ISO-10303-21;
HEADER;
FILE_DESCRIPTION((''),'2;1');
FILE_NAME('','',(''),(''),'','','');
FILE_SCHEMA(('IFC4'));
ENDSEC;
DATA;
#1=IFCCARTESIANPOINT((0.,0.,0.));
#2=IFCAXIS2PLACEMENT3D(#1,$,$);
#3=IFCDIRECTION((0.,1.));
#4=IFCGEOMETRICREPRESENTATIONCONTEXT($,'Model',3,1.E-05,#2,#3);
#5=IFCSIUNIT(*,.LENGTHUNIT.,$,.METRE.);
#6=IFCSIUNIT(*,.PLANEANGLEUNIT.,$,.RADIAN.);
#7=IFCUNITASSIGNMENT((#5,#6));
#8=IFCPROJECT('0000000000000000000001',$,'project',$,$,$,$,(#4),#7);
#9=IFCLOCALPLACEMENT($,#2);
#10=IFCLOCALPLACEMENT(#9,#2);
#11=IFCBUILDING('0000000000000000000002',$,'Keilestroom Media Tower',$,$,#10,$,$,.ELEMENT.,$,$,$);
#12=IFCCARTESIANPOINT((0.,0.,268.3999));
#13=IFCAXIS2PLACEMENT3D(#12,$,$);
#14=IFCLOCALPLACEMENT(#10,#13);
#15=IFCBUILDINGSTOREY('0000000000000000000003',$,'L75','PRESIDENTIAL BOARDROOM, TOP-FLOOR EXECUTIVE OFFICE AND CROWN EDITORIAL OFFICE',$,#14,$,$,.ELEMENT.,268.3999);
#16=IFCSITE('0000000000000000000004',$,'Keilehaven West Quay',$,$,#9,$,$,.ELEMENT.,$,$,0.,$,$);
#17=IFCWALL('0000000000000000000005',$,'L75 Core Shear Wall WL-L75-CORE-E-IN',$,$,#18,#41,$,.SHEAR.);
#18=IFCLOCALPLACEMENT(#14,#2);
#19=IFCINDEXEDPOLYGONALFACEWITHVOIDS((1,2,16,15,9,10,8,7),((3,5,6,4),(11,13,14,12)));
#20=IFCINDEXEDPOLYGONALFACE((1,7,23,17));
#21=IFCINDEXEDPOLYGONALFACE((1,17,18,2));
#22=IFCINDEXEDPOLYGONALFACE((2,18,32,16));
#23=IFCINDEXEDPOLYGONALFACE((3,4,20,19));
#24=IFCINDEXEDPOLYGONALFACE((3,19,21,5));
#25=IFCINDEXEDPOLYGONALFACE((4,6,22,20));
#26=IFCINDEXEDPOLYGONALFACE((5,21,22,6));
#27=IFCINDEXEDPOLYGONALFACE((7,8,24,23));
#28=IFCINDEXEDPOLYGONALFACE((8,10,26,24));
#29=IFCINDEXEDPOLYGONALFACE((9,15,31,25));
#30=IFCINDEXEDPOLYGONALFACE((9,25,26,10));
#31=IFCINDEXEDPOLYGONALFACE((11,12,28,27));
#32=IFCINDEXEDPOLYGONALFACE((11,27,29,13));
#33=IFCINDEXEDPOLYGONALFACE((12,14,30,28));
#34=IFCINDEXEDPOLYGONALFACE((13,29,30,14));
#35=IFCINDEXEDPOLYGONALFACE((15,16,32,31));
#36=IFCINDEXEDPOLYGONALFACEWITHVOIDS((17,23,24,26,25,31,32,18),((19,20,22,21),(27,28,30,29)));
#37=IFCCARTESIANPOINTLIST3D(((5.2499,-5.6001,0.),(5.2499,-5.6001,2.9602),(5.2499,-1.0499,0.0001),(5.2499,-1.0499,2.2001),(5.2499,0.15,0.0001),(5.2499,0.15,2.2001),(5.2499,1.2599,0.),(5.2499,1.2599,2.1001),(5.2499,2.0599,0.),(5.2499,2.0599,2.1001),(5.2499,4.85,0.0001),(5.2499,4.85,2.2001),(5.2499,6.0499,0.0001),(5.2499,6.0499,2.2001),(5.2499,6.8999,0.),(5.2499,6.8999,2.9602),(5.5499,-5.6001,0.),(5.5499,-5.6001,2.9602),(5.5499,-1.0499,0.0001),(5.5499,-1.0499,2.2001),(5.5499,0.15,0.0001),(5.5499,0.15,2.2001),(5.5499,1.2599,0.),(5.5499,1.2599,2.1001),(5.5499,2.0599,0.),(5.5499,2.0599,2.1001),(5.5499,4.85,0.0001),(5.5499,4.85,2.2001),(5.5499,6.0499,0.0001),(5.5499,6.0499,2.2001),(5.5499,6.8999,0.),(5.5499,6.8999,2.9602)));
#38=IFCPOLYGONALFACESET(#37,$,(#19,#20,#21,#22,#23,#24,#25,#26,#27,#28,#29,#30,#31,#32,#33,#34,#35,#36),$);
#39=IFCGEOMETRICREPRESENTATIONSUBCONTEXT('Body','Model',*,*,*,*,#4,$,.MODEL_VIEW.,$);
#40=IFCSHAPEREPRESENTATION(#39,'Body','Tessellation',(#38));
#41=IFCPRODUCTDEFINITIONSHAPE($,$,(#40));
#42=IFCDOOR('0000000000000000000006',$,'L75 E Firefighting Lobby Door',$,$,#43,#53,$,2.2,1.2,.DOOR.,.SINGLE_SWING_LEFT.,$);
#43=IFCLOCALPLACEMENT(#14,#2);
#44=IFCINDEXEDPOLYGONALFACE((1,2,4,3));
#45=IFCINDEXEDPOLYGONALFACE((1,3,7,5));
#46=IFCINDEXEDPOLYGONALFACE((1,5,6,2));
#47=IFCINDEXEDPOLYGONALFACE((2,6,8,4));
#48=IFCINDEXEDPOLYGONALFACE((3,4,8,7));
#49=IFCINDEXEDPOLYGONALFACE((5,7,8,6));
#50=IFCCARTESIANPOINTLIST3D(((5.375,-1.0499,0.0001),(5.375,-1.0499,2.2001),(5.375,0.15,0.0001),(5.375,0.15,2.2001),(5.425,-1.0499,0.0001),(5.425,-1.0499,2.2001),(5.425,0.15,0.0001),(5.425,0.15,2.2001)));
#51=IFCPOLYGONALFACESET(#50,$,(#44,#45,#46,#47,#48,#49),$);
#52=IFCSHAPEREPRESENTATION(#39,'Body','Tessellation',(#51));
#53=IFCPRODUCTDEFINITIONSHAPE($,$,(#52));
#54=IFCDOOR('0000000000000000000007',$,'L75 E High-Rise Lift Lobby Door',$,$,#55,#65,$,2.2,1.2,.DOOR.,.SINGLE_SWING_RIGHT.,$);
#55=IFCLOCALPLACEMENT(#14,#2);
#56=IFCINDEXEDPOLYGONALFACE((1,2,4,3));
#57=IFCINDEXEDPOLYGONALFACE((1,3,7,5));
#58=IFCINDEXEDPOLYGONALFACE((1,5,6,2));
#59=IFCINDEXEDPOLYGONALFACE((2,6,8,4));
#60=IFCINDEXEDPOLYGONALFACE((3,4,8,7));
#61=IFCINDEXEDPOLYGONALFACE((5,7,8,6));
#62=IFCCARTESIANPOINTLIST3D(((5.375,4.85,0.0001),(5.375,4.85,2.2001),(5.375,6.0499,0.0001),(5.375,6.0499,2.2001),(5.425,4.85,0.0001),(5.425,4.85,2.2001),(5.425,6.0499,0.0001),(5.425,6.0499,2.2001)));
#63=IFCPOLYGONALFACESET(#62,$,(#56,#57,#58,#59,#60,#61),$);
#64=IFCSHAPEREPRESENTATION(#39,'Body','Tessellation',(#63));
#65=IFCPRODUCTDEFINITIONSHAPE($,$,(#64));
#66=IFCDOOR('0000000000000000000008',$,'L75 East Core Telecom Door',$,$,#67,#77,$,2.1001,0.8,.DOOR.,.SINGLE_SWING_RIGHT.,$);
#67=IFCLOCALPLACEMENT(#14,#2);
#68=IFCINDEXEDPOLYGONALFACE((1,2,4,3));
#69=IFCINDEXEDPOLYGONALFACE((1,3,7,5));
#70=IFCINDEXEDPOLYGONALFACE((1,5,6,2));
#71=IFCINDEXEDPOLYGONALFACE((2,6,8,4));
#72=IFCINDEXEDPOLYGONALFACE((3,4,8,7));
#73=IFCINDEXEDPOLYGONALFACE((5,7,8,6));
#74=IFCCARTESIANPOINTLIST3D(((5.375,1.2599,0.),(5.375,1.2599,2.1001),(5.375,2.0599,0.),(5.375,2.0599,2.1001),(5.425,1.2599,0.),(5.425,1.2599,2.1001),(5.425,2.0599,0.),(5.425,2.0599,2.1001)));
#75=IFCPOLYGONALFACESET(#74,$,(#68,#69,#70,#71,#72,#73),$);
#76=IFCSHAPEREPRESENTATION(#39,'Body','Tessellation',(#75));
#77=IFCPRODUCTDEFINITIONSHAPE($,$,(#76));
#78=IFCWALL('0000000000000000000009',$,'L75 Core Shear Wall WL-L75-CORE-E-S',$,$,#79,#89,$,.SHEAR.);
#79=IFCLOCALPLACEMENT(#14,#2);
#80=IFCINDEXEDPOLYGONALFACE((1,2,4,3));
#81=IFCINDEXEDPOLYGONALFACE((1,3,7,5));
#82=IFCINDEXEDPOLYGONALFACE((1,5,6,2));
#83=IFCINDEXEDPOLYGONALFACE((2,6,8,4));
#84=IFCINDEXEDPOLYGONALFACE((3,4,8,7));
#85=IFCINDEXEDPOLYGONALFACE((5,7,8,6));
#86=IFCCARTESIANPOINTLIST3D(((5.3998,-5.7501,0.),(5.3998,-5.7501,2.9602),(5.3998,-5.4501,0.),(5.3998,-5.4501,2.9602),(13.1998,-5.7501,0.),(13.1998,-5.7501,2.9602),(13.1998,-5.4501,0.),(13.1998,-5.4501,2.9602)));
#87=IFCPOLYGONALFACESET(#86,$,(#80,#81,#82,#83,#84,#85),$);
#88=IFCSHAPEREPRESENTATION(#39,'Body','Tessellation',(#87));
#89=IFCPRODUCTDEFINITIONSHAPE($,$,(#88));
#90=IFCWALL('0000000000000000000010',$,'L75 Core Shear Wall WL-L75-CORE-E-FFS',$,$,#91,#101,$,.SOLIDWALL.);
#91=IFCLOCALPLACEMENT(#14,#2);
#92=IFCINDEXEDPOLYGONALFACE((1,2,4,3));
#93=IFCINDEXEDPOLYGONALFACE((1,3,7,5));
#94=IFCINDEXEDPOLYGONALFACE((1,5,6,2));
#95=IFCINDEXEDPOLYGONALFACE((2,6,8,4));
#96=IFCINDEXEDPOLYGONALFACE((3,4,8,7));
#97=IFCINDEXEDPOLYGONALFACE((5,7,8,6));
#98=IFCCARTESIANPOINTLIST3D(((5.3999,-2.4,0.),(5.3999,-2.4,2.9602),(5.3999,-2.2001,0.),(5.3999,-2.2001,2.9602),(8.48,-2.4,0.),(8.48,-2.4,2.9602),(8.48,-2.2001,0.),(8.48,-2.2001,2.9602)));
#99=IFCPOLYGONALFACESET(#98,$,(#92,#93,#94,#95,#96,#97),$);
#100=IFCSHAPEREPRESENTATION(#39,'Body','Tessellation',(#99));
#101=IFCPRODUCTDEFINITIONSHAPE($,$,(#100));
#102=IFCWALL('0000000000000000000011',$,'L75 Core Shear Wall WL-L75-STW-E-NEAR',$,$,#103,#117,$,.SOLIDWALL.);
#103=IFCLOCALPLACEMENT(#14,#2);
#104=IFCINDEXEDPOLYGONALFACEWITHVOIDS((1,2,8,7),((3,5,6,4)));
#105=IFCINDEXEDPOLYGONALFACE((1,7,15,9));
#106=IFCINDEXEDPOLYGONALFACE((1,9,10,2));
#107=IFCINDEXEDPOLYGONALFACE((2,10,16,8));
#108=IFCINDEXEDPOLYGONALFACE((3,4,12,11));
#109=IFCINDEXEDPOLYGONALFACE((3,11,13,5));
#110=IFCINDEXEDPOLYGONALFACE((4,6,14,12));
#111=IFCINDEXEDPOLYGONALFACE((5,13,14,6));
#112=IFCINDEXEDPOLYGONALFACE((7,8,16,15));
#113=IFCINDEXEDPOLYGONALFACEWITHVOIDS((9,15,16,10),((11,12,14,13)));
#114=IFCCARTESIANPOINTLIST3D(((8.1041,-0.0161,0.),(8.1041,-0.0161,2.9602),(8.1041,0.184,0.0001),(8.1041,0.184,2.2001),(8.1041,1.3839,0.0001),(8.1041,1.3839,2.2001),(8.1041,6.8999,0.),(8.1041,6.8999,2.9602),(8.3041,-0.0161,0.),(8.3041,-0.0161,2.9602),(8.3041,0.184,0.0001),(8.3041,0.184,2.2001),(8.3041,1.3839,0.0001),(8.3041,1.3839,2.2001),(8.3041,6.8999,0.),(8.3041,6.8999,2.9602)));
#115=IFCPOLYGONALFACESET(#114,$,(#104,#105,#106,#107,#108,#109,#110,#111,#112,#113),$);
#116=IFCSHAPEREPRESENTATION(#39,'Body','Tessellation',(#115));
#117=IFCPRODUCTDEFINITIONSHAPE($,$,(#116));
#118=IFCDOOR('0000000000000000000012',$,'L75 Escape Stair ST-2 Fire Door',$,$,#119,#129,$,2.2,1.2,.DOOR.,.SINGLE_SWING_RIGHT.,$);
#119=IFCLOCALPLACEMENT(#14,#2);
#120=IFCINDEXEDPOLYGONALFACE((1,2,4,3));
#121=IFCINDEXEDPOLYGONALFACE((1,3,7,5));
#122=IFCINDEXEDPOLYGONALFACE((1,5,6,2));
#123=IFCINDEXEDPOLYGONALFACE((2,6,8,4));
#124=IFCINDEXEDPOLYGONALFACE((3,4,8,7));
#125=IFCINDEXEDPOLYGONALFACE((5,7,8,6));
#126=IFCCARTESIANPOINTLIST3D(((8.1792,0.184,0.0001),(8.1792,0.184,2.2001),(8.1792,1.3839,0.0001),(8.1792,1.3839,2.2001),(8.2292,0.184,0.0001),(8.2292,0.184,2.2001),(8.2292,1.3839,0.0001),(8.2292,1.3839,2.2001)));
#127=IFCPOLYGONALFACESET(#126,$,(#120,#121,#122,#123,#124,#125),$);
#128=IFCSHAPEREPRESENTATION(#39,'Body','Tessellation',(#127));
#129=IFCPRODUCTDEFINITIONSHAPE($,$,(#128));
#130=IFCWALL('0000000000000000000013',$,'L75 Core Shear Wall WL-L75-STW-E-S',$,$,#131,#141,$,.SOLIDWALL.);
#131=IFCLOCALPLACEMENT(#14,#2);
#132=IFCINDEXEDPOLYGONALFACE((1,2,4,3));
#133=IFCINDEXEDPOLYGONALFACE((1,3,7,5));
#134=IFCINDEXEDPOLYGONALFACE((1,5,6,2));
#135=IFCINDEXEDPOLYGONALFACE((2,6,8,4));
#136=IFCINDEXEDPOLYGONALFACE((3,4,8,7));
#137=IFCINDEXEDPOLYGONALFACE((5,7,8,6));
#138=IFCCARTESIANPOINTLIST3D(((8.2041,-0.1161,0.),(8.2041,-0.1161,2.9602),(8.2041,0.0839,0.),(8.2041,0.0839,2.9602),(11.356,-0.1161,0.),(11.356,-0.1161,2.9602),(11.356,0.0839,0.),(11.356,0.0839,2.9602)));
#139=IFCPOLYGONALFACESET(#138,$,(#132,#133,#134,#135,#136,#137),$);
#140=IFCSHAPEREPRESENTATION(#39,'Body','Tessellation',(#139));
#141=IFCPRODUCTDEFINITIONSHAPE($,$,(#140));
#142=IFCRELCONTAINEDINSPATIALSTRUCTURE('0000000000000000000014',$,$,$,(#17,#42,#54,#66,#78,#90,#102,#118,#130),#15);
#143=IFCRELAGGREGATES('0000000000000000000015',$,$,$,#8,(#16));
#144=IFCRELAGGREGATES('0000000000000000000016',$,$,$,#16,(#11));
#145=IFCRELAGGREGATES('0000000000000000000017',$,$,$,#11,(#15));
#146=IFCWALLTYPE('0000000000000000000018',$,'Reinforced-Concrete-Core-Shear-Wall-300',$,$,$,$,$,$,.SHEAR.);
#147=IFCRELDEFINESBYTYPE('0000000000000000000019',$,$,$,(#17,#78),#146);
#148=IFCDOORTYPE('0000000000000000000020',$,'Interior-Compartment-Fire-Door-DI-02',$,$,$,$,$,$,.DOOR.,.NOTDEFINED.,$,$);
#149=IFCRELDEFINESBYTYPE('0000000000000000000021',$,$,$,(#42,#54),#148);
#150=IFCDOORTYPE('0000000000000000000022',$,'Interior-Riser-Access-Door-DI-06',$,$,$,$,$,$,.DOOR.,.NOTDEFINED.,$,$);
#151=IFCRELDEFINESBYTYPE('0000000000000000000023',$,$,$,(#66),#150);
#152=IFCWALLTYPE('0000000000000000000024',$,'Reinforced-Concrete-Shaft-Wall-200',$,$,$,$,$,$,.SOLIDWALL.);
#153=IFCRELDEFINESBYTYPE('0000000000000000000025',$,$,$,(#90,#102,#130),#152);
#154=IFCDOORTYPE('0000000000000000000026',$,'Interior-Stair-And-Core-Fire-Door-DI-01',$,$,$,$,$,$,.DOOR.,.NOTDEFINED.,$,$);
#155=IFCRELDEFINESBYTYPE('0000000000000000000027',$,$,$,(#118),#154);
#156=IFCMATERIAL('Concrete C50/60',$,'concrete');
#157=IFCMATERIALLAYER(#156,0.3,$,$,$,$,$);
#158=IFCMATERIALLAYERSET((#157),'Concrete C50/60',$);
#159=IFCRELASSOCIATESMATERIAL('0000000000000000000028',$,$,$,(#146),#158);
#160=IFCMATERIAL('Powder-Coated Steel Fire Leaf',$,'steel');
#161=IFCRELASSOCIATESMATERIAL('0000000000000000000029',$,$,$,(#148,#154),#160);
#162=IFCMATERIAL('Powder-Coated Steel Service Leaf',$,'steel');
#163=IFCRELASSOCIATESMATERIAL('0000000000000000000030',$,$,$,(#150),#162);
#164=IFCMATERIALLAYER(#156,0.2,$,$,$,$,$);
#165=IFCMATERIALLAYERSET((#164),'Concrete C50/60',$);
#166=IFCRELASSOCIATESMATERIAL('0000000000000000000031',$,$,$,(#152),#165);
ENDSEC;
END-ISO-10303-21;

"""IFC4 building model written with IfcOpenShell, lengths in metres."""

from ifc_helpers import new_model, si_unit, direction, frame, frame_2d, origin, place, context, subcontext, project, spatial, rectangle, extrude, source, transform, mapped, material, layer, layer_set, type_object, element, fill, save


model = new_model("IFC4")

# Units and contexts
model_context = context("Model", 3, precision=1e-05, world=origin(), true_north=direction((0.0, 1.0)))
body_context = subcontext(model_context, "Body", "Model", "MODEL_VIEW")
ifc_project = project(units=[si_unit("LENGTHUNIT", "METRE"), si_unit("PLANEANGLEUNIT", "RADIAN")], contexts=[model_context])

# Site, building, storey
site_placement = place(None, origin())
site = spatial("IfcSite", under=ifc_project, at=site_placement, Name="Keilehaven West Quay", CompositionType="ELEMENT", RefElevation=0.0)
building_placement = place(site_placement, origin())
building = spatial("IfcBuilding", under=site, at=building_placement, Name="Keilestroom Media Tower", CompositionType="ELEMENT")
storey_placement = place(building_placement, frame((0.0, 0.0, 268.3999)))
storey = spatial("IfcBuildingStorey", under=building, at=storey_placement, Name="L75", Description="PRESIDENTIAL BOARDROOM, TOP-FLOOR EXECUTIVE OFFICE AND CROWN EDITORIAL OFFICE", CompositionType="ELEMENT", Elevation=268.3999)

# Shared definitions
ifc_material_1 = material(Name="Concrete C50/60", Category="concrete")

# Wall, openings, doors
ifc_layer_1 = layer(ifc_material_1, 0.3)
ifc_layer_set_1 = layer_set([ifc_layer_1], Name="Concrete C50/60")
wall_type_1 = type_object("IfcWallType", Name="Reinforced-Concrete-Core-Shear-Wall-300", PredefinedType="SHEAR", material=ifc_layer_set_1)
wall_1_placement = place(storey_placement, frame((5.3999, -5.6001, 0.0), z_axis=(0.0, 0.0, 1.0), x_axis=(0.0, 1.0, 0.0)))
wall_1 = element("IfcWall", 1, at=wall_1_placement, inside=storey, type_object=wall_type_1, Name="L75 Core Shear Wall WL-L75-CORE-E-IN", PredefinedType="SHEAR", context=body_context, shape_type="SweptSolid", body=[
    extrude(rectangle(XDim=12.5, YDim=0.3, at=frame_2d((6.25, 0.0))), origin(), (0.0, 0.0, 1.0), 2.9602),
])
opening_1_placement = place(wall_1_placement, frame((4.55, 0.0, 0.0)))
opening_1 = element("IfcOpeningElement", 2, at=opening_1_placement, cuts=wall_1, PredefinedType="OPENING", context=body_context, shape_type="SweptSolid", body=[
    extrude(rectangle(XDim=1.2, YDim=2.2, at=frame_2d((0.6001, 1.1001))), frame((0.0, 0.1602, 0.0), z_axis=(0.0, -1.0, 0.0), x_axis=(1.0, 0.0, 0.0)), (0.0, 0.0, 1.0), 0.3201),
])
opening_2_placement = place(wall_1_placement, frame((10.45, 0.0, 0.0)))
opening_2 = element("IfcOpeningElement", 3, at=opening_2_placement, cuts=wall_1, PredefinedType="OPENING", context=body_context, shape_type="SweptSolid", body=[
    extrude(rectangle(XDim=1.2, YDim=2.2, at=frame_2d((0.6001, 1.1001))), frame((0.0, 0.1602, 0.0), z_axis=(0.0, -1.0, 0.0), x_axis=(1.0, 0.0, 0.0)), (0.0, 0.0, 1.0), 0.3201),
])
opening_3_placement = place(wall_1_placement, frame((6.8601, 0.0, 0.0)))
opening_3 = element("IfcOpeningElement", 4, at=opening_3_placement, cuts=wall_1, PredefinedType="OPENING", context=body_context, shape_type="SweptSolid", body=[
    extrude(rectangle(XDim=0.8, YDim=2.1001, at=frame_2d((0.3999, 1.05))), frame((0.0, 0.1602, 0.0), z_axis=(0.0, -1.0, 0.0), x_axis=(1.0, 0.0, 0.0)), (0.0, 0.0, 1.0), 0.3201),
])
ifc_material_2 = material(Name="Powder-Coated Steel Fire Leaf", Category="steel")
door_type_1 = type_object("IfcDoorType", Name="Interior-Compartment-Fire-Door-DI-02", OperationType="NOTDEFINED", PredefinedType="DOOR", material=ifc_material_2)
shared_shape_1 = source(origin(), body_context, "Body", "SweptSolid", [
    extrude(rectangle(XDim=1.2, YDim=2.2, at=frame_2d((0.6001, 1.1001))), frame((0.0, 0.0249, 0.0), z_axis=(0.0, -1.0, 0.0), x_axis=(1.0, 0.0, 0.0)), (0.0, 0.0, 1.0), 0.05),
])
door_1_placement = place(opening_1_placement, origin())
door_1 = element("IfcDoor", 5, at=door_1_placement, inside=storey, type_object=door_type_1, Name="L75 E Firefighting Lobby Door", OperationType="SINGLE_SWING_LEFT", OverallHeight=2.2, OverallWidth=1.2, PredefinedType="DOOR", context=body_context, shape_type="MappedRepresentation", body=[
    mapped(shared_shape_1, transform((0.0, 0.0, 0.0), x_axis=(1.0, 0.0, 0.0), y_axis=(0.0, 1.0, 0.0), z_axis=(0.0, 0.0, 1.0), scale=1.0)),
])
fill(opening_1, door_1)
door_2_placement = place(opening_2_placement, origin())
door_2 = element("IfcDoor", 6, at=door_2_placement, inside=storey, type_object=door_type_1, Name="L75 E High-Rise Lift Lobby Door", OperationType="SINGLE_SWING_RIGHT", OverallHeight=2.2, OverallWidth=1.2, PredefinedType="DOOR", context=body_context, shape_type="MappedRepresentation", body=[
    mapped(shared_shape_1, transform((0.0, 0.0, 0.0), x_axis=(1.0, 0.0, 0.0), y_axis=(0.0, 1.0, 0.0), z_axis=(0.0, 0.0, 1.0), scale=1.0)),
])
fill(opening_2, door_2)
ifc_material_3 = material(Name="Powder-Coated Steel Service Leaf", Category="steel")
door_type_2 = type_object("IfcDoorType", Name="Interior-Riser-Access-Door-DI-06", OperationType="NOTDEFINED", PredefinedType="DOOR", material=ifc_material_3)
shared_shape_2 = source(origin(), body_context, "Body", "SweptSolid", [
    extrude(rectangle(XDim=0.8, YDim=2.1001, at=frame_2d((0.3999, 1.05))), frame((0.0, 0.0249, 0.0), z_axis=(0.0, -1.0, 0.0), x_axis=(1.0, 0.0, 0.0)), (0.0, 0.0, 1.0), 0.05),
])
door_3_placement = place(opening_3_placement, origin())
door_3 = element("IfcDoor", 7, at=door_3_placement, inside=storey, type_object=door_type_2, Name="L75 East Core Telecom Door", OperationType="SINGLE_SWING_RIGHT", OverallHeight=2.1001, OverallWidth=0.8, PredefinedType="DOOR", context=body_context, shape_type="MappedRepresentation", body=[
    mapped(shared_shape_2, transform((0.0, 0.0, 0.0), x_axis=(1.0, 0.0, 0.0), y_axis=(0.0, 1.0, 0.0), z_axis=(0.0, 0.0, 1.0), scale=1.0)),
])
fill(opening_3, door_3)

# Walls
wall_2_placement = place(storey_placement, frame((5.3999, -5.6001, 0.0), z_axis=(0.0, 0.0, 1.0), x_axis=(1.0, 0.0, 0.0)))
element("IfcWall", 8, at=wall_2_placement, inside=storey, type_object=wall_type_1, Name="L75 Core Shear Wall WL-L75-CORE-E-S", PredefinedType="SHEAR", context=body_context, shape_type="SweptSolid", body=[
    extrude(rectangle(XDim=7.8, YDim=0.3, at=frame_2d((3.8999, 0.0))), origin(), (0.0, 0.0, 1.0), 2.9602),
])
ifc_layer_2 = layer(ifc_material_1, 0.2)
ifc_layer_set_2 = layer_set([ifc_layer_2], Name="Concrete C50/60")
wall_type_2 = type_object("IfcWallType", Name="Reinforced-Concrete-Shaft-Wall-200", PredefinedType="SOLIDWALL", material=ifc_layer_set_2)
wall_3_placement = place(storey_placement, frame((5.3999, -2.3, 0.0), z_axis=(0.0, 0.0, 1.0), x_axis=(1.0, 0.0, 0.0)))
element("IfcWall", 9, at=wall_3_placement, inside=storey, type_object=wall_type_2, Name="L75 Core Shear Wall WL-L75-CORE-E-FFS", PredefinedType="SOLIDWALL", context=body_context, shape_type="SweptSolid", body=[
    extrude(rectangle(XDim=3.0801, YDim=0.2, at=frame_2d((1.54, 0.0))), origin(), (0.0, 0.0, 1.0), 2.9602),
])

# Wall, opening, door
wall_4_placement = place(storey_placement, frame((8.2041, -0.0161, 0.0), z_axis=(0.0, 0.0, 1.0), x_axis=(0.0, 1.0, 0.0)))
wall_4 = element("IfcWall", 10, at=wall_4_placement, inside=storey, type_object=wall_type_2, Name="L75 Core Shear Wall WL-L75-STW-E-NEAR", PredefinedType="SOLIDWALL", context=body_context, shape_type="SweptSolid", body=[
    extrude(rectangle(XDim=6.916, YDim=0.2, at=frame_2d((3.458, 0.0))), origin(), (0.0, 0.0, 1.0), 2.9602),
])
opening_4_placement = place(wall_4_placement, frame((0.2, 0.0, 0.0)))
opening_4 = element("IfcOpeningElement", 11, at=opening_4_placement, cuts=wall_4, PredefinedType="OPENING", context=body_context, shape_type="SweptSolid", body=[
    extrude(rectangle(XDim=1.2, YDim=2.2, at=frame_2d((0.6001, 1.1001))), frame((0.0, 0.1099, 0.0), z_axis=(0.0, -1.0, 0.0), x_axis=(1.0, 0.0, 0.0)), (0.0, 0.0, 1.0), 0.22),
])
door_type_3 = type_object("IfcDoorType", Name="Interior-Stair-And-Core-Fire-Door-DI-01", OperationType="NOTDEFINED", PredefinedType="DOOR", material=ifc_material_2)
door_4_placement = place(opening_4_placement, origin())
door_4 = element("IfcDoor", 12, at=door_4_placement, inside=storey, type_object=door_type_3, Name="L75 Escape Stair ST-2 Fire Door", OperationType="SINGLE_SWING_RIGHT", OverallHeight=2.2, OverallWidth=1.2, PredefinedType="DOOR", context=body_context, shape_type="MappedRepresentation", body=[
    mapped(shared_shape_1, transform((0.0, 0.0, 0.0), x_axis=(1.0, 0.0, 0.0), y_axis=(0.0, 1.0, 0.0), z_axis=(0.0, 0.0, 1.0), scale=1.0)),
])
fill(opening_4, door_4)

# Wall
wall_5_placement = place(storey_placement, frame((8.2041, -0.0161, 0.0), z_axis=(0.0, 0.0, 1.0), x_axis=(1.0, 0.0, 0.0)))
element("IfcWall", 13, at=wall_5_placement, inside=storey, type_object=wall_type_2, Name="L75 Core Shear Wall WL-L75-STW-E-S", PredefinedType="SOLIDWALL", context=body_context, shape_type="SweptSolid", body=[
    extrude(rectangle(XDim=3.1519, YDim=0.2, at=frame_2d((1.5759, 0.0))), origin(), (0.0, 0.0, 1.0), 2.9602),
])

save(model, "model.ifc")
